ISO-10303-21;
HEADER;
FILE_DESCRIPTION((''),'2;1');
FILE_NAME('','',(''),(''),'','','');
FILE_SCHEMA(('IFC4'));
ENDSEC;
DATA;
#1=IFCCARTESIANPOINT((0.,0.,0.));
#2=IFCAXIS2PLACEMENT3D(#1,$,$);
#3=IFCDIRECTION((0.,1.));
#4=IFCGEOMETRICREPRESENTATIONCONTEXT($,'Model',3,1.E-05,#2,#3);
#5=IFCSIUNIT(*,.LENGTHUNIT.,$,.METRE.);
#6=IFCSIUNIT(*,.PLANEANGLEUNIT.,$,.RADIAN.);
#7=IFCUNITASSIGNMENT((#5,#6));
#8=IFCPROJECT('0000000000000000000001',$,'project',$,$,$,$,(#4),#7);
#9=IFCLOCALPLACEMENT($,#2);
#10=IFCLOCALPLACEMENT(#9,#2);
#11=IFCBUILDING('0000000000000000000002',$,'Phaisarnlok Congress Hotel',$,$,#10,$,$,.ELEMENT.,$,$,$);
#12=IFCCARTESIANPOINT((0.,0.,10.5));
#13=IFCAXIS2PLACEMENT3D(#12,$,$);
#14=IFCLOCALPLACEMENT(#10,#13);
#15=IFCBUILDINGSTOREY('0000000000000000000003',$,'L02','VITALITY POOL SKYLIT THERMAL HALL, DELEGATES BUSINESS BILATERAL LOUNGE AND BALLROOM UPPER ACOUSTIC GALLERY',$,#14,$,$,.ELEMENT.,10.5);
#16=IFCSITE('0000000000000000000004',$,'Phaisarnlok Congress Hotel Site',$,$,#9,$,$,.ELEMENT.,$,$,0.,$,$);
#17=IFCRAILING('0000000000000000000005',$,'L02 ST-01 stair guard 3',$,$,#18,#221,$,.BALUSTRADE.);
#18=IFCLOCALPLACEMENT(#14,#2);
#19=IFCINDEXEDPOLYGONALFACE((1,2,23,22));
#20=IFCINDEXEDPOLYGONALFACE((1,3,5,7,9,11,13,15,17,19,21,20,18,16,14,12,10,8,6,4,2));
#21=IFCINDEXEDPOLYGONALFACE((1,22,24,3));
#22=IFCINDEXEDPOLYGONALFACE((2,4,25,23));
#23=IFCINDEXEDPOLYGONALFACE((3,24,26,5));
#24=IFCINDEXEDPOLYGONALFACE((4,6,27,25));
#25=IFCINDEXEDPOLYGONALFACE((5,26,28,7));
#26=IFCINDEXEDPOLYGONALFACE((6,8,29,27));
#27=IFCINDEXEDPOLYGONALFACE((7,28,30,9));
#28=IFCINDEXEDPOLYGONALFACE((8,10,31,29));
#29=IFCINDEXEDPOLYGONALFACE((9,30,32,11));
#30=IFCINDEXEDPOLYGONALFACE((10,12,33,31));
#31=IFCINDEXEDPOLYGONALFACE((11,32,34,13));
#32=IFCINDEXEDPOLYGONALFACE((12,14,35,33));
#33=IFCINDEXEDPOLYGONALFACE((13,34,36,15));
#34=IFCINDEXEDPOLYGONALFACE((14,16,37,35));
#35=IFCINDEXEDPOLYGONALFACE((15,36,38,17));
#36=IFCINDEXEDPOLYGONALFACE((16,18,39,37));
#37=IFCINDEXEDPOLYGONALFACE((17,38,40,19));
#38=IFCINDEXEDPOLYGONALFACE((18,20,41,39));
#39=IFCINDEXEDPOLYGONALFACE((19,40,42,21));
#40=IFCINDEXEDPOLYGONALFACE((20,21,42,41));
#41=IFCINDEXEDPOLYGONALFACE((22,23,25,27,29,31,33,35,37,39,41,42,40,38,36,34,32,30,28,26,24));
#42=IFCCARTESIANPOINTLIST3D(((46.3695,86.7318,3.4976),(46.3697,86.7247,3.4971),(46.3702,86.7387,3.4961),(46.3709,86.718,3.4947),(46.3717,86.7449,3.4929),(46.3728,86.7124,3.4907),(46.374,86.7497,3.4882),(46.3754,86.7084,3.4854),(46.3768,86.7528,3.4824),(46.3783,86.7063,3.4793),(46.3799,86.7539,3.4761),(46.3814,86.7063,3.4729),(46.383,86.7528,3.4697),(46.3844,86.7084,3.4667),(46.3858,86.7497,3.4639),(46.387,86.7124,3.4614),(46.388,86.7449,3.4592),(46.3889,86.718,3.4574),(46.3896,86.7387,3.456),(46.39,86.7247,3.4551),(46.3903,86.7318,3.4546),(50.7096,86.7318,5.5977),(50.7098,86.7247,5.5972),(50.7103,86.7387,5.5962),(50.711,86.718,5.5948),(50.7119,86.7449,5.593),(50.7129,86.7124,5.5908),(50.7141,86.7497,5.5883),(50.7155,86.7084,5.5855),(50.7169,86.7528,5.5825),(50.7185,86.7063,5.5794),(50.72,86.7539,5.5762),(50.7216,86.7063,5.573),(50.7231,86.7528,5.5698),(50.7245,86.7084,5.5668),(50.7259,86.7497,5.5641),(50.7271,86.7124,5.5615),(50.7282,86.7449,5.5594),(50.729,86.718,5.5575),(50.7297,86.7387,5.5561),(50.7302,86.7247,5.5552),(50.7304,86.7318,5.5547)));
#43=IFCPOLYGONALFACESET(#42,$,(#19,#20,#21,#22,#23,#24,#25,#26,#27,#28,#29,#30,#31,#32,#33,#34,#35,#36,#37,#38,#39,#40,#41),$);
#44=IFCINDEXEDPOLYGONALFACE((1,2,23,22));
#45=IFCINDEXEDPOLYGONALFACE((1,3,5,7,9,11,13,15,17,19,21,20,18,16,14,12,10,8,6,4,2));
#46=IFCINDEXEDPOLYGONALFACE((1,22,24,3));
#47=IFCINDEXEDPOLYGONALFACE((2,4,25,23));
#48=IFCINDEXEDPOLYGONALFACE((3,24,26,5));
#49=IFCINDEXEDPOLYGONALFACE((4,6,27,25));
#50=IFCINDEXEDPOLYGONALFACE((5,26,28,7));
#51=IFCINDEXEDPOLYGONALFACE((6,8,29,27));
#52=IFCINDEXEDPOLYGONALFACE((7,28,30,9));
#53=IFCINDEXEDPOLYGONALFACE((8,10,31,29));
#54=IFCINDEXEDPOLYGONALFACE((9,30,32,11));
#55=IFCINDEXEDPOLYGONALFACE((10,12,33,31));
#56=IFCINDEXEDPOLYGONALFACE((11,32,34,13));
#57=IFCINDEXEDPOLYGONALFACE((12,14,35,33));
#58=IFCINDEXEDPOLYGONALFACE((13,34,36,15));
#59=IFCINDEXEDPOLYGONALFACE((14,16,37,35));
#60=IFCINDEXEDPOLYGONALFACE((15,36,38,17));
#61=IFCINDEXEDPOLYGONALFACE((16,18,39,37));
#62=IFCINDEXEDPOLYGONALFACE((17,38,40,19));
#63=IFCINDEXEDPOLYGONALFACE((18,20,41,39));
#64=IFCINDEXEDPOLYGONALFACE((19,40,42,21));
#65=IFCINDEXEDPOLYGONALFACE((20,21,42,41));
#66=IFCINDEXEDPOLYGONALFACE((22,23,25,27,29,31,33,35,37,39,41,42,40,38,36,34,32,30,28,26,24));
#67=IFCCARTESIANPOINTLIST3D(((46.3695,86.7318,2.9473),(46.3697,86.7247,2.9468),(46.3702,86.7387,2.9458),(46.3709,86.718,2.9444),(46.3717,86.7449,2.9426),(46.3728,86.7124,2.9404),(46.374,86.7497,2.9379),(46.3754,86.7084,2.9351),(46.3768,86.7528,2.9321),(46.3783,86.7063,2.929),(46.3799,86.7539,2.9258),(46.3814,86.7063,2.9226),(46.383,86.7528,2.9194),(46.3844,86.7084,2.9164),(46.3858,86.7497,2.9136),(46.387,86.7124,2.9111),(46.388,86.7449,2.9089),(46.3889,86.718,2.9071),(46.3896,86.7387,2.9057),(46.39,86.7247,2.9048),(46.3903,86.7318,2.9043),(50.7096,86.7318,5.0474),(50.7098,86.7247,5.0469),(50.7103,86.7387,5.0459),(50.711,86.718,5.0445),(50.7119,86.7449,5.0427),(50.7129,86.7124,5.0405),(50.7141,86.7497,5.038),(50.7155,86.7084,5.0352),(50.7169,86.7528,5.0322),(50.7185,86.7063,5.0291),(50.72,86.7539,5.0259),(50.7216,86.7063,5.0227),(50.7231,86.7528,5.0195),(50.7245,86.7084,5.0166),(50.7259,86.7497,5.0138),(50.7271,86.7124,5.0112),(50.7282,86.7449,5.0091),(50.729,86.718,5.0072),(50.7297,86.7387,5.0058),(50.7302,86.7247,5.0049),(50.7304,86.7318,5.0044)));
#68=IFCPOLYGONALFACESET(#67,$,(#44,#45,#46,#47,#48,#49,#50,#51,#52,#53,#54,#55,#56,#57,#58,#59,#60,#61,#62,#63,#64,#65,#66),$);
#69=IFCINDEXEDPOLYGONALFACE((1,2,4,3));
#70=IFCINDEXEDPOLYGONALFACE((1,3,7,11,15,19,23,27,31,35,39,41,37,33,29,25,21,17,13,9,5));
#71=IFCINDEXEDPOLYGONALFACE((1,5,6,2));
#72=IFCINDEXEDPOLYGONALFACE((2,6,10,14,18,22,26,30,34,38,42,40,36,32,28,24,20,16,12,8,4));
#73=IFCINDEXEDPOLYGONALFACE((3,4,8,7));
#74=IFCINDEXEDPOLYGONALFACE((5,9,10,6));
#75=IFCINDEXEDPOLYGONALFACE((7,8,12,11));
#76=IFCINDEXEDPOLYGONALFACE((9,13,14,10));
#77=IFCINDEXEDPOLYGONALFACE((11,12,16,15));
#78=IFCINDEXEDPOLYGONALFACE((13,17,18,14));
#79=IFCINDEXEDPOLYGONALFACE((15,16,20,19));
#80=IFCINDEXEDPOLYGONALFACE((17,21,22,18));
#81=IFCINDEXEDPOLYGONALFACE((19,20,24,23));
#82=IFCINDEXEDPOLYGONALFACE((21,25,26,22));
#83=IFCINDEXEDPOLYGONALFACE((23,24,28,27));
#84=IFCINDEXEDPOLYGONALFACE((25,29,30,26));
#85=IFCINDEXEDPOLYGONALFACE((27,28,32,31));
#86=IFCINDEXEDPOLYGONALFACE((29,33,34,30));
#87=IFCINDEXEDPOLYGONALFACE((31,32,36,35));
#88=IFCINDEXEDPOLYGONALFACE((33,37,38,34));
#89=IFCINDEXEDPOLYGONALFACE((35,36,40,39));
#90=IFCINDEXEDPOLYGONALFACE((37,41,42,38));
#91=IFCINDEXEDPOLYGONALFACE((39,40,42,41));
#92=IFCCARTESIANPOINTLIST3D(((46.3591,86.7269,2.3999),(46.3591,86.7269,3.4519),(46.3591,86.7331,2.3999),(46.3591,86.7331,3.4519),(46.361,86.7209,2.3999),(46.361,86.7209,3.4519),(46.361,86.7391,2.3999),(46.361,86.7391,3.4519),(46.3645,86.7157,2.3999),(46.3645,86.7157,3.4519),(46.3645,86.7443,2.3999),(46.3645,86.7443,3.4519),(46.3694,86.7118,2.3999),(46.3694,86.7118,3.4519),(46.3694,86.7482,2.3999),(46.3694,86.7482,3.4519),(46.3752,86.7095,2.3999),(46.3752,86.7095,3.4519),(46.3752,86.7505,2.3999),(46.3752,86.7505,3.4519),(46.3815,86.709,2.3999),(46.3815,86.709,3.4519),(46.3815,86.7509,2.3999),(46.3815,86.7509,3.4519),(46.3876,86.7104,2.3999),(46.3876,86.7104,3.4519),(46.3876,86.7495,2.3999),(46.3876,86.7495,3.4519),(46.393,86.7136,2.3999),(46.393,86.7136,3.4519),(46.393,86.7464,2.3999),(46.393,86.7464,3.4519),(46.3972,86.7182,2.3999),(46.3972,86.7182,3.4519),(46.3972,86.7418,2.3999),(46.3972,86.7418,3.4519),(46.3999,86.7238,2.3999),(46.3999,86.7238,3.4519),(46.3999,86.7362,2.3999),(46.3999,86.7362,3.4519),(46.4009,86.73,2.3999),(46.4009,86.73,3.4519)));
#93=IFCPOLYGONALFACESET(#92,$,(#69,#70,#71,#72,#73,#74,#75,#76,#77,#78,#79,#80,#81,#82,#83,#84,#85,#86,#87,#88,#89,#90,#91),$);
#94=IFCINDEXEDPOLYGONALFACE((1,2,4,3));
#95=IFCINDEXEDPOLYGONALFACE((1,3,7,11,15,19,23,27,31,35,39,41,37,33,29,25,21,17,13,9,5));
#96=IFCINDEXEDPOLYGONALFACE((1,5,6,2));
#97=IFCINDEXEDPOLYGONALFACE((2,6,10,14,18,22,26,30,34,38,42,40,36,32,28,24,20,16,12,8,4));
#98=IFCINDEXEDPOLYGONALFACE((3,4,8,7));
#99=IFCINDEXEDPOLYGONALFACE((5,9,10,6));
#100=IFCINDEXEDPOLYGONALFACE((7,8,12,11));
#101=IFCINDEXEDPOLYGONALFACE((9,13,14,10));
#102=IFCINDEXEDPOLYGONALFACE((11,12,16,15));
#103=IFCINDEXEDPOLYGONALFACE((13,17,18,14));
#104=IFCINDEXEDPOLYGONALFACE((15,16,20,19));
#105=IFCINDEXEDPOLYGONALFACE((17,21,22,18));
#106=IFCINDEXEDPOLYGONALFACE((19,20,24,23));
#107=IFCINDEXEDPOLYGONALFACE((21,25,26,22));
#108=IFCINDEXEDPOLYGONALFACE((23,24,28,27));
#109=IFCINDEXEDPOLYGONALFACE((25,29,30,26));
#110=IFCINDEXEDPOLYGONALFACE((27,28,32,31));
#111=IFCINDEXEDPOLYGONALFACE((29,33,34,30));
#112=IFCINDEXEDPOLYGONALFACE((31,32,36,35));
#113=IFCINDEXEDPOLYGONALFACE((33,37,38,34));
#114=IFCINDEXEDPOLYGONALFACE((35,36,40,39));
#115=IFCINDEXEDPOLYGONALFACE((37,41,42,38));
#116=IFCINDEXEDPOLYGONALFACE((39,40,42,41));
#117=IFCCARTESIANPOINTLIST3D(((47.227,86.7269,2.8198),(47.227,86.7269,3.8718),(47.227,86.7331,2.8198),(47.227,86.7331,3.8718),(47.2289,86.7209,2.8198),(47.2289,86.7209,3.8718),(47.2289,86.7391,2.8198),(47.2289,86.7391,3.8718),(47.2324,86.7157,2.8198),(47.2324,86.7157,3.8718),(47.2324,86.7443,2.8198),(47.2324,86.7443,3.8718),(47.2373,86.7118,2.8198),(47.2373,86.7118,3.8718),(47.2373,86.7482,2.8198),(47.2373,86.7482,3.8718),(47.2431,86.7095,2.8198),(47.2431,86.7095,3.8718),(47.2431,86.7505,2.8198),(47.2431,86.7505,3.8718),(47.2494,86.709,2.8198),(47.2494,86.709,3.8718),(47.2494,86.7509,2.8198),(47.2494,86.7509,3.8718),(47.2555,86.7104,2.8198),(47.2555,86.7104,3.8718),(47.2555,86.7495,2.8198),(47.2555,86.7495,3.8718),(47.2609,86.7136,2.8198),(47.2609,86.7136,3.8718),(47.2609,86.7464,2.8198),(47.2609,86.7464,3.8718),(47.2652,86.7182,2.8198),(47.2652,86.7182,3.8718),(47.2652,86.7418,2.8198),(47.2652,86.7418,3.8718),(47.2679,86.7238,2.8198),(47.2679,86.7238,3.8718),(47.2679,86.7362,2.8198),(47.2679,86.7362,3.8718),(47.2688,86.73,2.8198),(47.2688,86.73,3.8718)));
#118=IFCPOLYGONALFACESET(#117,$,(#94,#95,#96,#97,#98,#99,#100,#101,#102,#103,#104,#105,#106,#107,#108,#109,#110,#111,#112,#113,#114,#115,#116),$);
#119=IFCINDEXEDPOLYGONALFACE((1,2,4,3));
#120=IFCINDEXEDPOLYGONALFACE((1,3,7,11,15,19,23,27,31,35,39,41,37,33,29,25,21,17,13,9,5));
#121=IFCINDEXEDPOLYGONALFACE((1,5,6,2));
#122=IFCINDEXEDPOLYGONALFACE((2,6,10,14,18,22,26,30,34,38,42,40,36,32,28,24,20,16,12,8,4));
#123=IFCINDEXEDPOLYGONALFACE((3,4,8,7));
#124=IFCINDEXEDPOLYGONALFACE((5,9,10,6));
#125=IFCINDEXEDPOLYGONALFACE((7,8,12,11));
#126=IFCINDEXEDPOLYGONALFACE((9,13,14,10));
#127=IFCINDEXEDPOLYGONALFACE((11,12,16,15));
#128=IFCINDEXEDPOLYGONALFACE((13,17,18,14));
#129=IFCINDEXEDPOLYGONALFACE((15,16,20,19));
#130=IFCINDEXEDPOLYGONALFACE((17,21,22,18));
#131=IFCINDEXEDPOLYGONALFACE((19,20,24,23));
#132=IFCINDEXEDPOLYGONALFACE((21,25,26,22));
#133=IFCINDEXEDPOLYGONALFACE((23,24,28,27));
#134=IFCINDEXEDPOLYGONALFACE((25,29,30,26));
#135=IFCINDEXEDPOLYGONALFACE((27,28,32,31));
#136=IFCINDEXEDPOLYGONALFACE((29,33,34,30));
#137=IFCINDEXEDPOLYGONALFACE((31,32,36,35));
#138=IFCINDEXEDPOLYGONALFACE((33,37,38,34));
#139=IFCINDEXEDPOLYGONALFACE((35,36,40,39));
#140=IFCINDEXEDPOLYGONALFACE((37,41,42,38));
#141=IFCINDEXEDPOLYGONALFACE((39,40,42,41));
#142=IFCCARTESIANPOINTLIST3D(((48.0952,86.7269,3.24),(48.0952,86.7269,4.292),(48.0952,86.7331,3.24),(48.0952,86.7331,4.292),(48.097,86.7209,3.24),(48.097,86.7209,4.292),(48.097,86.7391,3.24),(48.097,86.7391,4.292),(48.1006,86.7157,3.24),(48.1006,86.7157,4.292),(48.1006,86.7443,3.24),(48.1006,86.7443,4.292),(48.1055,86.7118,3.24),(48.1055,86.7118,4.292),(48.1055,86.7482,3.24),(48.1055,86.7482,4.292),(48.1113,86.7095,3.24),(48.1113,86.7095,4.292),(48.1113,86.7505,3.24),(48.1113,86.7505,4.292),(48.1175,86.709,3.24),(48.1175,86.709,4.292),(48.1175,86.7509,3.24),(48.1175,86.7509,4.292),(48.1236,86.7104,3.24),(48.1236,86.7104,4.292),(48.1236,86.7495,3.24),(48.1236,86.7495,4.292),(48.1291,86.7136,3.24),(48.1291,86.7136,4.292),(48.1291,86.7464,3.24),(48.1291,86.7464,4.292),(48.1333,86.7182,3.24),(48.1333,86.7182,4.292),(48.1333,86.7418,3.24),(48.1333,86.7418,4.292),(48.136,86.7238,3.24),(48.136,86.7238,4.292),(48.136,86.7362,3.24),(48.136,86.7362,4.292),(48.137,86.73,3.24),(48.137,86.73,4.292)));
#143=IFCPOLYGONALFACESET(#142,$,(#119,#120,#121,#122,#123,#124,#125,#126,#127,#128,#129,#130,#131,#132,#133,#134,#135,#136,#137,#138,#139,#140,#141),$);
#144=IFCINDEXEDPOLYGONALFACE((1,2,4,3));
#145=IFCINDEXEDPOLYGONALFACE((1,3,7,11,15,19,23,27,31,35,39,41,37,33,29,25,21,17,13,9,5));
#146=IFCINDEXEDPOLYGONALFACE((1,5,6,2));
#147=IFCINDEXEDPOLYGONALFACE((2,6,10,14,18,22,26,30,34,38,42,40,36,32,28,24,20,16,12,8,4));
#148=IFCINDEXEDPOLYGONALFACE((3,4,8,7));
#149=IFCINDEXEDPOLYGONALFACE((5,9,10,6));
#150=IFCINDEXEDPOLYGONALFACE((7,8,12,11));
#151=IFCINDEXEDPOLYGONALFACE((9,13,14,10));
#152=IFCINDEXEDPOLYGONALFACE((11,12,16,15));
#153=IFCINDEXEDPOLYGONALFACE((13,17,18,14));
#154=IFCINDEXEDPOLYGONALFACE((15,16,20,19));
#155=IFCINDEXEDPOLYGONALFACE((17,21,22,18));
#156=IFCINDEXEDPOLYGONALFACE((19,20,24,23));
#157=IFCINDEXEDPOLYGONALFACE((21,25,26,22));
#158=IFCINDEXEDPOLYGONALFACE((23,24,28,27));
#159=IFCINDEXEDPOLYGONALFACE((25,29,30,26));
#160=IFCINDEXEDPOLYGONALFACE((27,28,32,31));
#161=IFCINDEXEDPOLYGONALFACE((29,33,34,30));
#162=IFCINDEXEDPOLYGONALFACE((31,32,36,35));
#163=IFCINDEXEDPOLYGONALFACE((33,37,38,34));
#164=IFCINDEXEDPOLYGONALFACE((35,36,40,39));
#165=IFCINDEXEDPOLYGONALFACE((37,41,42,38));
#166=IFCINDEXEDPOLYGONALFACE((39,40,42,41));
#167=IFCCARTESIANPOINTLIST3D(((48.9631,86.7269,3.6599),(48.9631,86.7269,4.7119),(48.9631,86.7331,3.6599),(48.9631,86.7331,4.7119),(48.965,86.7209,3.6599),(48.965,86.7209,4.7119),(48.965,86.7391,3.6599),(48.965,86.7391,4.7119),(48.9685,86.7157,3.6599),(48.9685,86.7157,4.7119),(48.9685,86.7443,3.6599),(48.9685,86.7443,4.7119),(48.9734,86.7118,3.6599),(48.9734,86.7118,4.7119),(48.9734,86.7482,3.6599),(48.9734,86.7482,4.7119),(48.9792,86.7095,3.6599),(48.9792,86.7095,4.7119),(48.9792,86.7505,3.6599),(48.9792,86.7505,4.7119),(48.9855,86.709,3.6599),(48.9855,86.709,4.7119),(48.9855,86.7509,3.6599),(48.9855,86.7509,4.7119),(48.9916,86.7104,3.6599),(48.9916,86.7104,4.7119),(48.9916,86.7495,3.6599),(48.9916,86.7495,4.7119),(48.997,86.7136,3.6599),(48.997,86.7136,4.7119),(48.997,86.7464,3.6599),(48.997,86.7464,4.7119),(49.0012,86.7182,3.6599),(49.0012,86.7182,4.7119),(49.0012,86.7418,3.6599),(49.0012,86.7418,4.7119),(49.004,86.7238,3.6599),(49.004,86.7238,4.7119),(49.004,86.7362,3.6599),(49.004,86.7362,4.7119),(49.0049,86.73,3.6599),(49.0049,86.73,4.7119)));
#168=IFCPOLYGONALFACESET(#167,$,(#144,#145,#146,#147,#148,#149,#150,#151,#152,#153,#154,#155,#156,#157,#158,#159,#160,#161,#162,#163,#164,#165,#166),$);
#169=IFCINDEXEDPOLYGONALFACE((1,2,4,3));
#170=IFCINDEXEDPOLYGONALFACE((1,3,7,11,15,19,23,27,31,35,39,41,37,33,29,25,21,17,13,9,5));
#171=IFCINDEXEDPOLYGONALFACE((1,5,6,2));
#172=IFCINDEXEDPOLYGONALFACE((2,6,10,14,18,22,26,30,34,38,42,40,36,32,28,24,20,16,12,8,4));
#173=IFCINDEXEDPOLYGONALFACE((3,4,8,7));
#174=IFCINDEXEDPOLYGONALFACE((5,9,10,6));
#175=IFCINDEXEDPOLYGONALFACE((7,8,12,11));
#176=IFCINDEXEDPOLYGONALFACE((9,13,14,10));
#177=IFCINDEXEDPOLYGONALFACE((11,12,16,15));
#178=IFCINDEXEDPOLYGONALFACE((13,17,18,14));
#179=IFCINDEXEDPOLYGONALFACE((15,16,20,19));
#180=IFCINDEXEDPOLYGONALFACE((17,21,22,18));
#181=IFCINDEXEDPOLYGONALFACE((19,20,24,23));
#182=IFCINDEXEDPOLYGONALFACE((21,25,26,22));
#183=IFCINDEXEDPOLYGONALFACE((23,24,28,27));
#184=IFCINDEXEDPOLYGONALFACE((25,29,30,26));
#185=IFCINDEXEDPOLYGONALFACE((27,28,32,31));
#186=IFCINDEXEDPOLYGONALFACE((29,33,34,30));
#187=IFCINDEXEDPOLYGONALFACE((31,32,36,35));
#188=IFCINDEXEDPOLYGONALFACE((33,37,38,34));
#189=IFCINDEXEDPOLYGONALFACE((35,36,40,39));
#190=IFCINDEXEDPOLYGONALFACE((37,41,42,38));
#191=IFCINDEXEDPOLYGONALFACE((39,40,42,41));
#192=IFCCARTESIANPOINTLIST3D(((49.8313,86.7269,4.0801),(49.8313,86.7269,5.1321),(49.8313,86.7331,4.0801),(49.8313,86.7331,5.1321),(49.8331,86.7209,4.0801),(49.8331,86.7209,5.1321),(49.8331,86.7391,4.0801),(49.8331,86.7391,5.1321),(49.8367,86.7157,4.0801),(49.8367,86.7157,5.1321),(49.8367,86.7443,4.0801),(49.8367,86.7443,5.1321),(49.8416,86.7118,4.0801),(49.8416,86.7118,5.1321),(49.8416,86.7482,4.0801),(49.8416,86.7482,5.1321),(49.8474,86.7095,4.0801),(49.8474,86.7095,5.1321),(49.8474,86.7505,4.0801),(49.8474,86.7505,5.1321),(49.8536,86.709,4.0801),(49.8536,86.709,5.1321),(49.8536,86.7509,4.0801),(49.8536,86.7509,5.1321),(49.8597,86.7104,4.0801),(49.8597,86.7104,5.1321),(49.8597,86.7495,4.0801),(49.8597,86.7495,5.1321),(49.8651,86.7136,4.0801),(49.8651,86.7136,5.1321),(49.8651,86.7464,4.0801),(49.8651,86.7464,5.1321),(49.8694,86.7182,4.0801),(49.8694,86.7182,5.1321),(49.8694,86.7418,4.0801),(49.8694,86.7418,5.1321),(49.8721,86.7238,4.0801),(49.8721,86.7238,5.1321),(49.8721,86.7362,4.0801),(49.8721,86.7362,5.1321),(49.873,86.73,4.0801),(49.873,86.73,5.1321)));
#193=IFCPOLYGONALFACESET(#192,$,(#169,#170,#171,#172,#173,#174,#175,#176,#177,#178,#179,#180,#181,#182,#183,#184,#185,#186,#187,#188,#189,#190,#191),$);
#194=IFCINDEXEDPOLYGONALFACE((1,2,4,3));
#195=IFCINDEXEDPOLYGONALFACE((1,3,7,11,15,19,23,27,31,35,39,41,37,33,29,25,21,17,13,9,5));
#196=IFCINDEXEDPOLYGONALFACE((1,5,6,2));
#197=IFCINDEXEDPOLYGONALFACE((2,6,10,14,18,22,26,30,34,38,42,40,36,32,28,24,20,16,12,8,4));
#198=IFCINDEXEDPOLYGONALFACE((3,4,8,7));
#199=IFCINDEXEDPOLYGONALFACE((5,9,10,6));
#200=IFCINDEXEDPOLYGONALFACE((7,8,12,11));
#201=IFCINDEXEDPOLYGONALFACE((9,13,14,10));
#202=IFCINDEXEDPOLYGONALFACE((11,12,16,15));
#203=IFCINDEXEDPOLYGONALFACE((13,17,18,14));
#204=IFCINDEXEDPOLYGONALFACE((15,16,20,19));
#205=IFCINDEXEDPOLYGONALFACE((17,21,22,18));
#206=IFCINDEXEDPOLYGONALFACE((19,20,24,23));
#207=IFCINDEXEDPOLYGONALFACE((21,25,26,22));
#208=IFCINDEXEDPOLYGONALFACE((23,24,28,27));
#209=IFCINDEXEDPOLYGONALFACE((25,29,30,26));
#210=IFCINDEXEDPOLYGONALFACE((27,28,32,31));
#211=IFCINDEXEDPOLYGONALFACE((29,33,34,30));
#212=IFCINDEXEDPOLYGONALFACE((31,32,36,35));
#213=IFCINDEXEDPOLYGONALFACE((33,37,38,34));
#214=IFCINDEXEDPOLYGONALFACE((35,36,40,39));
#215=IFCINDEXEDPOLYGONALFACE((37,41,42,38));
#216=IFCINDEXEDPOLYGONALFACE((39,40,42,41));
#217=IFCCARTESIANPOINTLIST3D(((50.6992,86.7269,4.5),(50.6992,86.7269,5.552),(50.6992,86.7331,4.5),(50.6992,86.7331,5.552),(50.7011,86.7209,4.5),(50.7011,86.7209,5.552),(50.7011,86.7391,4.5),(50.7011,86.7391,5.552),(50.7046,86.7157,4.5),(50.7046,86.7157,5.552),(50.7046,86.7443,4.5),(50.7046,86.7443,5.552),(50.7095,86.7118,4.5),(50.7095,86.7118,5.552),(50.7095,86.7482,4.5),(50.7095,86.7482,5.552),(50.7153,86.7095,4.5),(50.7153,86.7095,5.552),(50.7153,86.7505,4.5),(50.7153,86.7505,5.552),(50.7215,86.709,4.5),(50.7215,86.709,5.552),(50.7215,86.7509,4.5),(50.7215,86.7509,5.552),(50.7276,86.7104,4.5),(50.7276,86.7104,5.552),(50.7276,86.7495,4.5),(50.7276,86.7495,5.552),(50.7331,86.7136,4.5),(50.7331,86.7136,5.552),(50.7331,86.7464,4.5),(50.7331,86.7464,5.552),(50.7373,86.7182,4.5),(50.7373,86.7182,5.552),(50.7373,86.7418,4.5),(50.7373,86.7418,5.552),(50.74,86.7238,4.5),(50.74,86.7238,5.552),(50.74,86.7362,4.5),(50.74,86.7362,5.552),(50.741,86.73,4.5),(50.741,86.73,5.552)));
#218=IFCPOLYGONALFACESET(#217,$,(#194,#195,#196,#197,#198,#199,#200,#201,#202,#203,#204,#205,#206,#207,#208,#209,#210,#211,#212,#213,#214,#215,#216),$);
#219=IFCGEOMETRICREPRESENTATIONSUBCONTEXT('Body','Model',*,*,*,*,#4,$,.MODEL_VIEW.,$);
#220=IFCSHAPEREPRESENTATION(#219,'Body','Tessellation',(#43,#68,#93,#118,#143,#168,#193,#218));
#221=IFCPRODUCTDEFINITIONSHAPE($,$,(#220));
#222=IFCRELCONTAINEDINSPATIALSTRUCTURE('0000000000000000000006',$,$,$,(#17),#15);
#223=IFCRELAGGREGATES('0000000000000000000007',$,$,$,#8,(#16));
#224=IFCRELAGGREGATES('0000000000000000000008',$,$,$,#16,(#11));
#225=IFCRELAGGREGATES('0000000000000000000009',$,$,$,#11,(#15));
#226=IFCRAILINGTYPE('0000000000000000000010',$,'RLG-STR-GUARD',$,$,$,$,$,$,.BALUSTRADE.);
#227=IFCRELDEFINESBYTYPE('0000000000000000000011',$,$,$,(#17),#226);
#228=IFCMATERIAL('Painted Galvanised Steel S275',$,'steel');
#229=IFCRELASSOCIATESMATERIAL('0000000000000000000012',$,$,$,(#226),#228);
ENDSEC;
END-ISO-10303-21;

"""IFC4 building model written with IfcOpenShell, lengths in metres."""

from ifc_helpers import new_model, si_unit, direction, frame, origin, origin_2d, place, context, subcontext, project, spatial, circle, extrude, material, type_object, element, save


model = new_model("IFC4")

# Units and contexts
model_context = context("Model", 3, precision=1e-05, world=origin(), true_north=direction((0.0, 1.0)))
body_context = subcontext(model_context, "Body", "Model", "MODEL_VIEW")
ifc_project = project(units=[si_unit("LENGTHUNIT", "METRE"), si_unit("PLANEANGLEUNIT", "RADIAN")], contexts=[model_context])

# Site, building, storey
site_placement = place(None, origin())
site = spatial("IfcSite", under=ifc_project, at=site_placement, Name="Phaisarnlok Congress Hotel Site", CompositionType="ELEMENT", RefElevation=0.0)
building_placement = place(site_placement, origin())
building = spatial("IfcBuilding", under=site, at=building_placement, Name="Phaisarnlok Congress Hotel", CompositionType="ELEMENT")
storey_placement = place(building_placement, frame((0.0, 0.0, 10.5)))
storey = spatial("IfcBuildingStorey", under=building, at=storey_placement, Name="L02", Description="VITALITY POOL SKYLIT THERMAL HALL, DELEGATES BUSINESS BILATERAL LOUNGE AND BALLROOM UPPER ACOUSTIC GALLERY", CompositionType="ELEMENT", Elevation=10.5)

# Railing
ifc_material_1 = material(Name="Painted Galvanised Steel S275", Category="steel")
railing_type_1 = type_object("IfcRailingType", Name="RLG-STR-GUARD", PredefinedType="BALUSTRADE", material=ifc_material_1)
railing_1_placement = place(storey_placement, frame((46.3799, 86.73, 2.3999)))
element("IfcRailing", 1, at=railing_1_placement, inside=storey, type_object=railing_type_1, Name="L02 ST-01 stair guard 3", PredefinedType="BALUSTRADE", context=body_context, shape_type="SweptSolid", body=[
    extrude(circle(Radius=0.0239, at=origin_2d()), frame((0.0, 0.0, 1.0762), z_axis=(0.900155, 0.0, 0.43557), x_axis=(0.0, 1.0, 0.0)), (0.0, 0.0, 1.0), 4.8215),
    extrude(circle(Radius=0.0239, at=origin_2d()), frame((0.0, 0.0, 0.5259), z_axis=(0.900155, 0.0, 0.43557), x_axis=(0.0, 1.0, 0.0)), (0.0, 0.0, 1.0), 4.8215),
    extrude(circle(Radius=0.021, at=origin_2d()), origin(), (0.0, 0.0, 1.0), 1.052),
    extrude(circle(Radius=0.021, at=origin_2d()), frame((0.8679, 0.0, 0.4199)), (0.0, 0.0, 1.0), 1.052),
    extrude(circle(Radius=0.021, at=origin_2d()), frame((1.7361, 0.0, 0.8401)), (0.0, 0.0, 1.0), 1.052),
    extrude(circle(Radius=0.021, at=origin_2d()), frame((2.604, 0.0, 1.26)), (0.0, 0.0, 1.0), 1.052),
    extrude(circle(Radius=0.021, at=origin_2d()), frame((3.4722, 0.0, 1.6802)), (0.0, 0.0, 1.0), 1.052),
    extrude(circle(Radius=0.021, at=origin_2d()), frame((4.3401, 0.0, 2.1001)), (0.0, 0.0, 1.0), 1.052),
])

save(model, "model.ifc")
